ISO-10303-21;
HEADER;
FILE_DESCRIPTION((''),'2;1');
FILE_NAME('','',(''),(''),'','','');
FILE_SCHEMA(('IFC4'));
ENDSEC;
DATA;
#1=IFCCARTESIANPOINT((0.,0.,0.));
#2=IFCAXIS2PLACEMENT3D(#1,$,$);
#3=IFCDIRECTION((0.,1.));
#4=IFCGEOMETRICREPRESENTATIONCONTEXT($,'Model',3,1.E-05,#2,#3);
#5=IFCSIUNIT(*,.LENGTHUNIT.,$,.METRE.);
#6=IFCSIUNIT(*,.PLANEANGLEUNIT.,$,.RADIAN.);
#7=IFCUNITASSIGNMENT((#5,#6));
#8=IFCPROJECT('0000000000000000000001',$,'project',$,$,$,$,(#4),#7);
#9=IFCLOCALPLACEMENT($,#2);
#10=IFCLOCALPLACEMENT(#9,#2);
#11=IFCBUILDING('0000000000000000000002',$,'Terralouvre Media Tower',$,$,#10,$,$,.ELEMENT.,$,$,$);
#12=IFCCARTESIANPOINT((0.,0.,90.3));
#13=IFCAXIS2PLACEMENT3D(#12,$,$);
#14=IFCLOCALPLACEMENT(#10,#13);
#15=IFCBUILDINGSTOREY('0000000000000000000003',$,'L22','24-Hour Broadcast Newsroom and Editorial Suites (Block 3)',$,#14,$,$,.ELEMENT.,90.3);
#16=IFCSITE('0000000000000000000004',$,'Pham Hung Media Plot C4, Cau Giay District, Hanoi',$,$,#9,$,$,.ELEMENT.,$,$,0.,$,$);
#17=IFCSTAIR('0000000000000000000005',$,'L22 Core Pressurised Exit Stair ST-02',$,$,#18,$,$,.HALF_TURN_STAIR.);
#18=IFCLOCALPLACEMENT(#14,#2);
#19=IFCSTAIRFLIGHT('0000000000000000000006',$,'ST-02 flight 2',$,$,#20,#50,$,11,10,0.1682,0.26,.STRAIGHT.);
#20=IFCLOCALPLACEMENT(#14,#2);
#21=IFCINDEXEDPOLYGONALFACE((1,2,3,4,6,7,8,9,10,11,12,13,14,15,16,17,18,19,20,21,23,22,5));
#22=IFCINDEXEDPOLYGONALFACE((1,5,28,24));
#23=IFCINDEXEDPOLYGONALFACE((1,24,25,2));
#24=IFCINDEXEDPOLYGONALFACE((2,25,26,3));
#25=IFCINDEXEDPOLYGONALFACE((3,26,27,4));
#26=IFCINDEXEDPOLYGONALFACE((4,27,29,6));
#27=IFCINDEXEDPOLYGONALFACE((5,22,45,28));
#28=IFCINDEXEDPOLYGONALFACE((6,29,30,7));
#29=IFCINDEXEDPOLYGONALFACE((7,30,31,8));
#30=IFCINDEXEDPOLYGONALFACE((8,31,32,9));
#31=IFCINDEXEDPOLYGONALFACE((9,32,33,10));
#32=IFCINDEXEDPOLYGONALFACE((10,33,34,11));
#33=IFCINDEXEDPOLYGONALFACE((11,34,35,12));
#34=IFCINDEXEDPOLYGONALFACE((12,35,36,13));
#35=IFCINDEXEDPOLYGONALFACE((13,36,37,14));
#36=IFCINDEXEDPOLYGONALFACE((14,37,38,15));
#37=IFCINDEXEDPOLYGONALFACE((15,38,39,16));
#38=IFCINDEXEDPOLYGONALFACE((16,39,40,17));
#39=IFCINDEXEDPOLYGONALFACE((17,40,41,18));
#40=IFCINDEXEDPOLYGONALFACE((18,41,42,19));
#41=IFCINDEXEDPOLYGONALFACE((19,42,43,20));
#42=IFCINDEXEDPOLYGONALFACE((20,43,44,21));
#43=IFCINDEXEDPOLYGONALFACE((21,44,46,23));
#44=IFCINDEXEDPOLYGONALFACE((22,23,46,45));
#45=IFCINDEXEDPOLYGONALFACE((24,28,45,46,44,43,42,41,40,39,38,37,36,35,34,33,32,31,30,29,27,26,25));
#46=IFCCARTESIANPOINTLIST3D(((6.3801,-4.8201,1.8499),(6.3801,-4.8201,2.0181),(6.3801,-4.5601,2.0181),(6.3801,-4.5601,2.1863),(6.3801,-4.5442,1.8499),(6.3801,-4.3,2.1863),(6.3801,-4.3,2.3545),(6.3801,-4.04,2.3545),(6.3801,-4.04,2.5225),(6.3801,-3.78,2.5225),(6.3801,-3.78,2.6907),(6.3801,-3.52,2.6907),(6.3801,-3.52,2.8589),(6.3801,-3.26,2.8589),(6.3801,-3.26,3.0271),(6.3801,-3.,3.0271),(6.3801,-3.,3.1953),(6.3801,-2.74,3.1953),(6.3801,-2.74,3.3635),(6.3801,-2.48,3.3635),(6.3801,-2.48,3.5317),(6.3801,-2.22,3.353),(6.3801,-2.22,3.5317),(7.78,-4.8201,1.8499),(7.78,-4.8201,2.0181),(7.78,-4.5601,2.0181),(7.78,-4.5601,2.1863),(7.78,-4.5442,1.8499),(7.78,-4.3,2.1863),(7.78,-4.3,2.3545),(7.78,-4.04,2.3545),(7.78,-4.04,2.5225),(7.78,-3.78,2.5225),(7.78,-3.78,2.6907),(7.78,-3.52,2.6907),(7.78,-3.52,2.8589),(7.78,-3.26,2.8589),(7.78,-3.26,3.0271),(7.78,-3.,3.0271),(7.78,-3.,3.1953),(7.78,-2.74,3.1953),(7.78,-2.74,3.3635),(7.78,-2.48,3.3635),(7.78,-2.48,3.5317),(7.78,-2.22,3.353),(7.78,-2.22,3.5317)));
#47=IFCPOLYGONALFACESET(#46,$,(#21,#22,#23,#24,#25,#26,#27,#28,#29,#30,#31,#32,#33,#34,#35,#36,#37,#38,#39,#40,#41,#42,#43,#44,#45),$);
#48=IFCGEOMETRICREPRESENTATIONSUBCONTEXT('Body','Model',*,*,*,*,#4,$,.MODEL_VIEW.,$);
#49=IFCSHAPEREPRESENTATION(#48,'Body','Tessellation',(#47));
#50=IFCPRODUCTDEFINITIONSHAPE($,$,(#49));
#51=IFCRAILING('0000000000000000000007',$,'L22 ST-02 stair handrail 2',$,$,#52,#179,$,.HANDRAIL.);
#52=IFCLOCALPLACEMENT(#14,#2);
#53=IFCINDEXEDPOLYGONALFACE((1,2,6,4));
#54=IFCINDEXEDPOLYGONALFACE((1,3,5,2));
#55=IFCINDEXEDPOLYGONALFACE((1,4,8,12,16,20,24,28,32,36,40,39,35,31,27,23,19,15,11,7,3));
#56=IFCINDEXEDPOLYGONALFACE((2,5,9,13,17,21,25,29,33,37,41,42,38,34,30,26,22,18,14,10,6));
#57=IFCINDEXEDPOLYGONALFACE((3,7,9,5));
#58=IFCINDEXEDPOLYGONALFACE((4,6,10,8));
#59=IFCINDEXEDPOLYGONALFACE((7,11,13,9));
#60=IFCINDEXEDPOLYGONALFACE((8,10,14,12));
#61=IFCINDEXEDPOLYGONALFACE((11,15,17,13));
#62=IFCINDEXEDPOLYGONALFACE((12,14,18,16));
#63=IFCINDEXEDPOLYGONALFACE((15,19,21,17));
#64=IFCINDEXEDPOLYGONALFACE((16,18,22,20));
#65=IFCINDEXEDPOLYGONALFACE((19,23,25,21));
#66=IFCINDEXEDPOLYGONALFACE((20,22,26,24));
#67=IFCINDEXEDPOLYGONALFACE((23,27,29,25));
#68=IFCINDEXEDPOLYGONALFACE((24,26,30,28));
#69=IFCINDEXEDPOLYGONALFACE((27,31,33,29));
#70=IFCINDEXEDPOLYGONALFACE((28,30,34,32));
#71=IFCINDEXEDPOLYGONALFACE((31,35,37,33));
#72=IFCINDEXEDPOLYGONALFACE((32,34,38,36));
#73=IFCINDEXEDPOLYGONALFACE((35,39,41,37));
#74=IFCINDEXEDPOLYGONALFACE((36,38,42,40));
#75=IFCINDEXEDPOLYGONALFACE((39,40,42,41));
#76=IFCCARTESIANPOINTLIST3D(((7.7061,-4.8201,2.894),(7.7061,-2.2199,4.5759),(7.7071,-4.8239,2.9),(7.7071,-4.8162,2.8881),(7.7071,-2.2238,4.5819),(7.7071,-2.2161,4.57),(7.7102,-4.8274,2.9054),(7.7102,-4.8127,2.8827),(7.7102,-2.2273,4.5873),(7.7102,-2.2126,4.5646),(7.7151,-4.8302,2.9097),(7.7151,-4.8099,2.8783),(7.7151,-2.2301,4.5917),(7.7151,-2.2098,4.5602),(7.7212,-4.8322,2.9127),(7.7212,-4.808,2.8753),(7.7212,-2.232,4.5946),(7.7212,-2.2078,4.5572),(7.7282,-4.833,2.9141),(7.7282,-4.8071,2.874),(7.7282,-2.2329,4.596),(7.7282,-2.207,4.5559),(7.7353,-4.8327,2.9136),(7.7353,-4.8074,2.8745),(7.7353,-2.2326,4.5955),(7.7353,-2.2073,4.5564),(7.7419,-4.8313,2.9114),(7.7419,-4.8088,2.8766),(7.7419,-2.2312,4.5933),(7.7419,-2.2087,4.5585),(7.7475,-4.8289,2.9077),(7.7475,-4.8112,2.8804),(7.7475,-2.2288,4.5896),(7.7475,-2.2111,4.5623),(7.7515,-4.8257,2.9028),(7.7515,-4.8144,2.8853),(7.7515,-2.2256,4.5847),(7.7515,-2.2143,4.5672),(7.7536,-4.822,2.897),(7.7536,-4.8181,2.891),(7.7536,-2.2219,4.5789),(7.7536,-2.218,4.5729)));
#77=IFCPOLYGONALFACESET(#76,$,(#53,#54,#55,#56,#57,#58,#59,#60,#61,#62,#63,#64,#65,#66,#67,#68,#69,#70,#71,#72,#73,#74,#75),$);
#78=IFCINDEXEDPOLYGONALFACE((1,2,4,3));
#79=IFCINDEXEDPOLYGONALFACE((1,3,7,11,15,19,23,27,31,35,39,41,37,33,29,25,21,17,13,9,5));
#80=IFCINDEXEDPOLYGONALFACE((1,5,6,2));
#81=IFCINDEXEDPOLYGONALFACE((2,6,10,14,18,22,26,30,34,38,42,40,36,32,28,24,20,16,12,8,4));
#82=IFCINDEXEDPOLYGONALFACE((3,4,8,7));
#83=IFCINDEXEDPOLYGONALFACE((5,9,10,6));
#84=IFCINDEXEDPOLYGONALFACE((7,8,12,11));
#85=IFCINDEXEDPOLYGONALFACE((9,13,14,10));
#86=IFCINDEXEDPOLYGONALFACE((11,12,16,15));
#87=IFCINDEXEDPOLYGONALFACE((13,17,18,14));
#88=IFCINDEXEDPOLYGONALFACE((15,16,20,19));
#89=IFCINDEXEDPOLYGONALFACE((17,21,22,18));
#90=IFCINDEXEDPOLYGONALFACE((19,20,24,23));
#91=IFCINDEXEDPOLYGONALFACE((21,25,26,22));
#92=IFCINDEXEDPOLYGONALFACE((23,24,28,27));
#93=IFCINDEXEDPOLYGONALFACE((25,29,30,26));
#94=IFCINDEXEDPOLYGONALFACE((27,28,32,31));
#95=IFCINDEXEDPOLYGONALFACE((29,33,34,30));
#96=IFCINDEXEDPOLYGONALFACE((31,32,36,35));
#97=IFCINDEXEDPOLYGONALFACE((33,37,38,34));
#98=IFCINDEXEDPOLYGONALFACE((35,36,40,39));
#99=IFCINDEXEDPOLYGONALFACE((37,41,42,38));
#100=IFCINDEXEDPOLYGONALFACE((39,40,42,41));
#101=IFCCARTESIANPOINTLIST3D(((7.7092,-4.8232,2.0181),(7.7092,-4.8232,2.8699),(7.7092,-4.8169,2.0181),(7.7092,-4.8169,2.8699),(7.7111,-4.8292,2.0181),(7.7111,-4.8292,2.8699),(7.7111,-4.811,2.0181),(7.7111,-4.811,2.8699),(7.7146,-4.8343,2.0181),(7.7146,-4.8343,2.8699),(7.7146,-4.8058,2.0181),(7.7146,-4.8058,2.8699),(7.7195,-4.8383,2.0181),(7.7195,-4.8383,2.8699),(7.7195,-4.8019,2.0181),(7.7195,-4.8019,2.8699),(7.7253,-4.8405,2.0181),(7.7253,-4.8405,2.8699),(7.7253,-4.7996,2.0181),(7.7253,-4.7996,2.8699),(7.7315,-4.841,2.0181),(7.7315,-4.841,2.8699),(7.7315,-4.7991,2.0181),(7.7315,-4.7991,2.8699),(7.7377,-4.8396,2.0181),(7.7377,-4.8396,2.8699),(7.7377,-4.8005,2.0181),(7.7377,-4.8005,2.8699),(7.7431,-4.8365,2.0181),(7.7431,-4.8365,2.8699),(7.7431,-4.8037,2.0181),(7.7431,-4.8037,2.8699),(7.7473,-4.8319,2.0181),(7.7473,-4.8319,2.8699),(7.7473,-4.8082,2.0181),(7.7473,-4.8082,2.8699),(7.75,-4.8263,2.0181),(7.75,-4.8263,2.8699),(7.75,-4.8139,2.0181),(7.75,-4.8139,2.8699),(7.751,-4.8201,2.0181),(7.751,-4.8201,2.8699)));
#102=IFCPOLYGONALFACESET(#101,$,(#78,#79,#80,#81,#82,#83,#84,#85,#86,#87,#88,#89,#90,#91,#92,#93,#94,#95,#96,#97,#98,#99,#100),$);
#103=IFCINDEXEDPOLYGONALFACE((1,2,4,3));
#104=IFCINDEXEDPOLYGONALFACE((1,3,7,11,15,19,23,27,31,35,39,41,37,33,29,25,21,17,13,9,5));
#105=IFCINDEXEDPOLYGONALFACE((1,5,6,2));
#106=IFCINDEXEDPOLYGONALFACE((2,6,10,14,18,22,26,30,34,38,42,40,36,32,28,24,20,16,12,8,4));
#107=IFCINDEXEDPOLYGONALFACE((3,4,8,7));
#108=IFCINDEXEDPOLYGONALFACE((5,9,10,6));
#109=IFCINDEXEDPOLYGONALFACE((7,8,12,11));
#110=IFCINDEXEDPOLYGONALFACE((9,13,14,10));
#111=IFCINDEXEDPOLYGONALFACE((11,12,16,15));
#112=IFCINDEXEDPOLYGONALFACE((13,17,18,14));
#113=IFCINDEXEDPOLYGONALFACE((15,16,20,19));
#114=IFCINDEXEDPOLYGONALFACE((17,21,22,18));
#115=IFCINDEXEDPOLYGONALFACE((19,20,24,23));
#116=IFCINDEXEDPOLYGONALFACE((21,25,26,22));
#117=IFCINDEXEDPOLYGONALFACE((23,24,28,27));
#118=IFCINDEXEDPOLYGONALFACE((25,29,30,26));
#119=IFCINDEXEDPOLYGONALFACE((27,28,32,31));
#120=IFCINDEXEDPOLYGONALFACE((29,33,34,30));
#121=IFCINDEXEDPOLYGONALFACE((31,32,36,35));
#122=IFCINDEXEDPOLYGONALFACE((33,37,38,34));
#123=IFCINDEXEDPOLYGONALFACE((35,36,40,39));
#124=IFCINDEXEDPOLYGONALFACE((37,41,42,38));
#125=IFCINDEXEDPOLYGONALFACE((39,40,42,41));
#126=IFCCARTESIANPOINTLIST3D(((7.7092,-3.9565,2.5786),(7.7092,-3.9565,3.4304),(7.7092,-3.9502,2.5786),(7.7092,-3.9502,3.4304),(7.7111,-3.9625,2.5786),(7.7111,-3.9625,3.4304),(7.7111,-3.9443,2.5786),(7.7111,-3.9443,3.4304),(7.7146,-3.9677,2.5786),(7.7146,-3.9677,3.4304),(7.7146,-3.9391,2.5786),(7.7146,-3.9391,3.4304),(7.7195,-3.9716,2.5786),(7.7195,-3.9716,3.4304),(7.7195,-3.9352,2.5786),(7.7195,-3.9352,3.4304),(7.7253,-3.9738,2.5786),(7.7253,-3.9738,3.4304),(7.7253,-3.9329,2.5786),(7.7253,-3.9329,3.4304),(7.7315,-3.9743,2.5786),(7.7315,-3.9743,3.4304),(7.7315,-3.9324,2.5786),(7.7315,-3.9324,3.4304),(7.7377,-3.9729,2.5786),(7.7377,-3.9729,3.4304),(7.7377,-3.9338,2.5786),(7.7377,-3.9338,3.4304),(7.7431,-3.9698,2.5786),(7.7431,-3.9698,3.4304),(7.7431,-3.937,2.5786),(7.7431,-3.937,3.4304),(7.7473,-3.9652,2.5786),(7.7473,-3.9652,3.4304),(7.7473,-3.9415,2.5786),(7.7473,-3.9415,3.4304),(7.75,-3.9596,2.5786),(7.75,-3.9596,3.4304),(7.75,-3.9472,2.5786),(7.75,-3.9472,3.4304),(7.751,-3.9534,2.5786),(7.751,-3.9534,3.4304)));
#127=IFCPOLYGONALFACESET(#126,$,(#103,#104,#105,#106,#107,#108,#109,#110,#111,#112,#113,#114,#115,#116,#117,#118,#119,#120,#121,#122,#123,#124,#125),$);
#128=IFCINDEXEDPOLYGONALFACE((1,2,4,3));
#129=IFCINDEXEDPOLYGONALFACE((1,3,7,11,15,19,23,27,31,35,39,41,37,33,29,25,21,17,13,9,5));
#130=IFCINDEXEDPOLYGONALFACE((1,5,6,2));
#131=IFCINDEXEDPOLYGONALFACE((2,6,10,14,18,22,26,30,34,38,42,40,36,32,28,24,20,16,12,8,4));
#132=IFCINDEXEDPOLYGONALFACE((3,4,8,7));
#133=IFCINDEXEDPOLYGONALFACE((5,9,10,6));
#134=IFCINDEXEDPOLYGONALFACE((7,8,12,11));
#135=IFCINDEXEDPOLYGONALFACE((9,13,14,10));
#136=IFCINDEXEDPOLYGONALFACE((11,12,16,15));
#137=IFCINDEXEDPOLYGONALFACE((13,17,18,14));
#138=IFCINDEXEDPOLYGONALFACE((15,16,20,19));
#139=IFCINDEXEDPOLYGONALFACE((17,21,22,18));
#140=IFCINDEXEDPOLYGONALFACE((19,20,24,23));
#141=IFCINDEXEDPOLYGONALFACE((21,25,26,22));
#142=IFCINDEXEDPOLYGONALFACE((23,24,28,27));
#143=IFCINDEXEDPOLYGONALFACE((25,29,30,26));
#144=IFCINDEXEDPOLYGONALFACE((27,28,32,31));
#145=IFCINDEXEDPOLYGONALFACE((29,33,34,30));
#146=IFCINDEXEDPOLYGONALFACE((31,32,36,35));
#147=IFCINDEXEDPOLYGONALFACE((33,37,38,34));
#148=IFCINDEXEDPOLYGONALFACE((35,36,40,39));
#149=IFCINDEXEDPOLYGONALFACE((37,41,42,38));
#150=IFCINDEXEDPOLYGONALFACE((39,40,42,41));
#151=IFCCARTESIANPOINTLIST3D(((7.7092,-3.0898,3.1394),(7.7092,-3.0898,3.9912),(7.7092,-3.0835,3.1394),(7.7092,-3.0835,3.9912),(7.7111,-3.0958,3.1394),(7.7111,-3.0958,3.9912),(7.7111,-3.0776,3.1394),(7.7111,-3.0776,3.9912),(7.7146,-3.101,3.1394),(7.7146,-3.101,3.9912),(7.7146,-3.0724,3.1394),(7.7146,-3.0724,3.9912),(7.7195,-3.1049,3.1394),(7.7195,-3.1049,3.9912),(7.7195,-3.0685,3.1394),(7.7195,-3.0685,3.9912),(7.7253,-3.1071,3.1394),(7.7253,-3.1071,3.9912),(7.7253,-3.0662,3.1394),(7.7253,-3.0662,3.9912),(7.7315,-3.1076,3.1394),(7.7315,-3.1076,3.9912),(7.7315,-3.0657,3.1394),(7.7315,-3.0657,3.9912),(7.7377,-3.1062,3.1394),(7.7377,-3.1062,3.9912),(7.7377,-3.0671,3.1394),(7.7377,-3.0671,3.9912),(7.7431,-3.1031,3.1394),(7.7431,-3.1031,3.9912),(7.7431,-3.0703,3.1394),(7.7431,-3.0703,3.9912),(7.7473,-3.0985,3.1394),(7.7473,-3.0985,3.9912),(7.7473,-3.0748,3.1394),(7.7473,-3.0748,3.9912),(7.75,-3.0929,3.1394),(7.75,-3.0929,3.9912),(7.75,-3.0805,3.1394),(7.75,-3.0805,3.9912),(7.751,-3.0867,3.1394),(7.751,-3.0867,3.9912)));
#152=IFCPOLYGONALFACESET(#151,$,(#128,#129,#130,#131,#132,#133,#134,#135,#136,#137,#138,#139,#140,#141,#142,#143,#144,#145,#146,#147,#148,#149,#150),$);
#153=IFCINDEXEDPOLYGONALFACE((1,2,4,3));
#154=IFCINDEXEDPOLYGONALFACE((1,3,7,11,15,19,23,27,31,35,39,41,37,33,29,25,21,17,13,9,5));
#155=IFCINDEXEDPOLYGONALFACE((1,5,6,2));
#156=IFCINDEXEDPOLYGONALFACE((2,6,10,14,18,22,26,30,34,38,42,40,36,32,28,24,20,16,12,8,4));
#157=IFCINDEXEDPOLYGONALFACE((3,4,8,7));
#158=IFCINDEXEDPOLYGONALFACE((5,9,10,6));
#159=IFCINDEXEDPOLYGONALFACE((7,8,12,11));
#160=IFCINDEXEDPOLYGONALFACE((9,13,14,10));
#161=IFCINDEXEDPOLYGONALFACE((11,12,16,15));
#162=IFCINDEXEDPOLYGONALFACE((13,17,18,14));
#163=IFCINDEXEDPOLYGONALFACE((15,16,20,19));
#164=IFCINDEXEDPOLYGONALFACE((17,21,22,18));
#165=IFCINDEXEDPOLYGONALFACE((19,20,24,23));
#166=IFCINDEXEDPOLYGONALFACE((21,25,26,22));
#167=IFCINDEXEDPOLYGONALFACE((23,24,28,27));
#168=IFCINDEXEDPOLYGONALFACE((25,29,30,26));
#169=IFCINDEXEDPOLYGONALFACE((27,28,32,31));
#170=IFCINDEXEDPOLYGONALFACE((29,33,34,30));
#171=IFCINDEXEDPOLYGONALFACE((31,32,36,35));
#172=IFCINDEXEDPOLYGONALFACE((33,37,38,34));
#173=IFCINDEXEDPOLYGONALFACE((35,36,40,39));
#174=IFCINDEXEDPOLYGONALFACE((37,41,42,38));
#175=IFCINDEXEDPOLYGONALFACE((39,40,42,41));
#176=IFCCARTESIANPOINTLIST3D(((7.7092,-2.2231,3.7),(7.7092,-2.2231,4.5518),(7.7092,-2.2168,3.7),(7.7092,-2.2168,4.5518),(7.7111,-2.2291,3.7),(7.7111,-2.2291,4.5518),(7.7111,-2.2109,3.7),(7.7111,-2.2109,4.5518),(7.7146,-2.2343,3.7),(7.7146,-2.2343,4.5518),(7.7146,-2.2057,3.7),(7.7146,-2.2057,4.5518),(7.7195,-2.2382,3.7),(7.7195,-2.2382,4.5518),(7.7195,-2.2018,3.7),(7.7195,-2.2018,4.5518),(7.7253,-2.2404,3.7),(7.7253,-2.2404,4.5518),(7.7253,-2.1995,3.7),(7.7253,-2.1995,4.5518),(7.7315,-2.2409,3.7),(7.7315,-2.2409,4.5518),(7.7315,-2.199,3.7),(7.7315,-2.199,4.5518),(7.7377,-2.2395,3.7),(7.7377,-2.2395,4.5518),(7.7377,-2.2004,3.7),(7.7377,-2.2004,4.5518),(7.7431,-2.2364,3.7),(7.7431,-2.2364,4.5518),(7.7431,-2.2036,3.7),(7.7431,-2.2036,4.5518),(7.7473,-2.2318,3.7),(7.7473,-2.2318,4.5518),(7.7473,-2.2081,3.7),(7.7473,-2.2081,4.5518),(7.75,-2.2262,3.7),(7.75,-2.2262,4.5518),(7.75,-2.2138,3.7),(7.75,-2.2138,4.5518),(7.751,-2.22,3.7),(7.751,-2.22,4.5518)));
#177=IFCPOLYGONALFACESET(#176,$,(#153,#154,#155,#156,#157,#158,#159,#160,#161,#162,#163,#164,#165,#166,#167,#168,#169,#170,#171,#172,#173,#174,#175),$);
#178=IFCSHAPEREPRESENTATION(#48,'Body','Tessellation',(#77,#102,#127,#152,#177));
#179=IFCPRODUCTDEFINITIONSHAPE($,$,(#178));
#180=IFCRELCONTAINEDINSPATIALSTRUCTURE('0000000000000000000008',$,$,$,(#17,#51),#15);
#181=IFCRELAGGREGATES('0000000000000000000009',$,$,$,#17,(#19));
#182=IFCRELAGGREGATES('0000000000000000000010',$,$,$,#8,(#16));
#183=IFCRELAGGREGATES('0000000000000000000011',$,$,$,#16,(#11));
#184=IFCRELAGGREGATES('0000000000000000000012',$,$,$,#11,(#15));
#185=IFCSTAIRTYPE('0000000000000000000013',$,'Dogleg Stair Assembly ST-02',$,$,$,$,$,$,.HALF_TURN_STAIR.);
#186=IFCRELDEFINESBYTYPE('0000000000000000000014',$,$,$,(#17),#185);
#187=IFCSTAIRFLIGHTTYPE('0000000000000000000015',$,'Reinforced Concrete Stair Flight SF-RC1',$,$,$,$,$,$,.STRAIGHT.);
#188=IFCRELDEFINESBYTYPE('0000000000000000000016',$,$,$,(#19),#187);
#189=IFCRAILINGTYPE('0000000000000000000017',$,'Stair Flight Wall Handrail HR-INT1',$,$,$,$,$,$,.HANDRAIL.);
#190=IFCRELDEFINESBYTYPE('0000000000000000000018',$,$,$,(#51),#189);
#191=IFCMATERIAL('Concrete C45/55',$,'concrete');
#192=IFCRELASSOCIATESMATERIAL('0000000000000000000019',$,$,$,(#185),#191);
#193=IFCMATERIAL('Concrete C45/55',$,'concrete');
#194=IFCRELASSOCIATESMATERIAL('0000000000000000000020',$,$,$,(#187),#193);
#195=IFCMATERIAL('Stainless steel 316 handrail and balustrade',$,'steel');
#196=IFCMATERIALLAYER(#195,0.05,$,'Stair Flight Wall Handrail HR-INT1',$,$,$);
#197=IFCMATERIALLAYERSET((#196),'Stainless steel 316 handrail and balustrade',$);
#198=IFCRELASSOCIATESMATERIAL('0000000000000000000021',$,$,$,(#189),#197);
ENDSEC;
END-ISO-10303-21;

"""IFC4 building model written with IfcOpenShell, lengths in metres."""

from ifc_helpers import new_model, si_unit, direction, frame, origin, origin_2d, place, context, subcontext, project, spatial, polyline, circle, outline, extrude, material, layer, layer_set, type_object, element, aggregate, save


model = new_model("IFC4")

# Units and contexts
model_context = context("Model", 3, precision=1e-05, world=origin(), true_north=direction((0.0, 1.0)))
body_context = subcontext(model_context, "Body", "Model", "MODEL_VIEW")
ifc_project = project(units=[si_unit("LENGTHUNIT", "METRE"), si_unit("PLANEANGLEUNIT", "RADIAN")], contexts=[model_context])

# Site, building, storey
site_placement = place(None, origin())
site = spatial("IfcSite", under=ifc_project, at=site_placement, Name="Pham Hung Media Plot C4, Cau Giay District, Hanoi", CompositionType="ELEMENT", RefElevation=0.0)
building_placement = place(site_placement, origin())
building = spatial("IfcBuilding", under=site, at=building_placement, Name="Terralouvre Media Tower", CompositionType="ELEMENT")
storey_placement = place(building_placement, frame((0.0, 0.0, 90.3)))
storey = spatial("IfcBuildingStorey", under=building, at=storey_placement, Name="L22", Description="24-Hour Broadcast Newsroom and Editorial Suites (Block 3)", CompositionType="ELEMENT", Elevation=90.3)

# Stair, stair flight
ifc_material_1 = material(Name="Concrete C45/55", Category="concrete")
stair_type = type_object("IfcStairType", Name="Dogleg Stair Assembly ST-02", PredefinedType="HALF_TURN_STAIR", material=ifc_material_1)
stair_placement = place(storey_placement, origin())
stair = element("IfcStair", 1, at=stair_placement, inside=storey, type_object=stair_type, Name="L22 Core Pressurised Exit Stair ST-02", PredefinedType="HALF_TURN_STAIR")
ifc_material_2 = material(Name="Concrete C45/55", Category="concrete")
stair_flight_type = type_object("IfcStairFlightType", Name="Reinforced Concrete Stair Flight SF-RC1", PredefinedType="STRAIGHT", material=ifc_material_2)
stair_flight_placement = place(storey_placement, frame((7.0801, -4.8201, 1.8499), z_axis=(0.0, 0.0, 1.0), x_axis=(0.0, 1.0, 0.0)))
stair_flight = element("IfcStairFlight", 2, at=stair_flight_placement, type_object=stair_flight_type, Name="ST-02 flight 2", NumberOfRisers=11, NumberOfTreads=10, PredefinedType="STRAIGHT", RiserHeight=0.1682, TreadLength=0.26, context=body_context, shape_type="SweptSolid", body=[
    extrude(outline(polyline([(0.0, 0.0), (0.0, 0.1682), (0.26, 0.1682), (0.26, 0.3364), (0.52, 0.3364), (0.52, 0.5046), (0.78, 0.5046), (0.78, 0.6726), (1.04, 0.6726), (1.04, 0.8408), (1.3, 0.8408), (1.3, 1.009), (1.5601, 1.009), (1.5601, 1.1772), (1.8201, 1.1772), (1.8201, 1.3455), (2.0801, 1.3455), (2.0801, 1.5137), (2.3401, 1.5137), (2.3401, 1.6819), (2.6001, 1.6819), (2.6001, 1.8501), (2.6001, 1.5032), (0.2759, 0.0), (0.0, 0.0)])), frame((0.0, 0.7, 0.0), z_axis=(0.0, -1.0, 0.0), x_axis=(1.0, 0.0, 0.0)), (0.0, 0.0, 1.0), 1.3999),
])
aggregate(stair, [stair_flight])

# Railing
ifc_material_3 = material(Name="Stainless steel 316 handrail and balustrade", Category="steel")
ifc_layer_1 = layer(ifc_material_3, 0.05, Name="Stair Flight Wall Handrail HR-INT1")
ifc_layer_set_1 = layer_set([ifc_layer_1], Name="Stainless steel 316 handrail and balustrade")
railing_type_1 = type_object("IfcRailingType", Name="Stair Flight Wall Handrail HR-INT1", PredefinedType="HANDRAIL", material=ifc_layer_set_1)
railing_1_placement = place(storey_placement, frame((7.73, -4.8201, 2.0181)))
element("IfcRailing", 3, at=railing_1_placement, inside=storey, type_object=railing_type_1, Name="L22 ST-02 stair handrail 2", PredefinedType="HANDRAIL", context=body_context, shape_type="SweptSolid", body=[
    extrude(circle(Radius=0.0239, at=origin_2d()), frame((0.0, 0.0, 0.876), z_axis=(0.0, 0.839648, 0.54313), x_axis=(-1.0, 0.0, 0.0)), (0.0, 0.0, 1.0), 3.0967),
    extrude(circle(Radius=0.021, at=origin_2d()), origin(), (0.0, 0.0, 1.0), 0.8518),
    extrude(circle(Radius=0.021, at=origin_2d()), frame((0.0, 0.8667, 0.5605)), (0.0, 0.0, 1.0), 0.8518),
    extrude(circle(Radius=0.021, at=origin_2d()), frame((0.0, 1.7334, 1.1213)), (0.0, 0.0, 1.0), 0.8518),
    extrude(circle(Radius=0.021, at=origin_2d()), frame((0.0, 2.6001, 1.6819)), (0.0, 0.0, 1.0), 0.8518),
])

save(model, "model.ifc")
